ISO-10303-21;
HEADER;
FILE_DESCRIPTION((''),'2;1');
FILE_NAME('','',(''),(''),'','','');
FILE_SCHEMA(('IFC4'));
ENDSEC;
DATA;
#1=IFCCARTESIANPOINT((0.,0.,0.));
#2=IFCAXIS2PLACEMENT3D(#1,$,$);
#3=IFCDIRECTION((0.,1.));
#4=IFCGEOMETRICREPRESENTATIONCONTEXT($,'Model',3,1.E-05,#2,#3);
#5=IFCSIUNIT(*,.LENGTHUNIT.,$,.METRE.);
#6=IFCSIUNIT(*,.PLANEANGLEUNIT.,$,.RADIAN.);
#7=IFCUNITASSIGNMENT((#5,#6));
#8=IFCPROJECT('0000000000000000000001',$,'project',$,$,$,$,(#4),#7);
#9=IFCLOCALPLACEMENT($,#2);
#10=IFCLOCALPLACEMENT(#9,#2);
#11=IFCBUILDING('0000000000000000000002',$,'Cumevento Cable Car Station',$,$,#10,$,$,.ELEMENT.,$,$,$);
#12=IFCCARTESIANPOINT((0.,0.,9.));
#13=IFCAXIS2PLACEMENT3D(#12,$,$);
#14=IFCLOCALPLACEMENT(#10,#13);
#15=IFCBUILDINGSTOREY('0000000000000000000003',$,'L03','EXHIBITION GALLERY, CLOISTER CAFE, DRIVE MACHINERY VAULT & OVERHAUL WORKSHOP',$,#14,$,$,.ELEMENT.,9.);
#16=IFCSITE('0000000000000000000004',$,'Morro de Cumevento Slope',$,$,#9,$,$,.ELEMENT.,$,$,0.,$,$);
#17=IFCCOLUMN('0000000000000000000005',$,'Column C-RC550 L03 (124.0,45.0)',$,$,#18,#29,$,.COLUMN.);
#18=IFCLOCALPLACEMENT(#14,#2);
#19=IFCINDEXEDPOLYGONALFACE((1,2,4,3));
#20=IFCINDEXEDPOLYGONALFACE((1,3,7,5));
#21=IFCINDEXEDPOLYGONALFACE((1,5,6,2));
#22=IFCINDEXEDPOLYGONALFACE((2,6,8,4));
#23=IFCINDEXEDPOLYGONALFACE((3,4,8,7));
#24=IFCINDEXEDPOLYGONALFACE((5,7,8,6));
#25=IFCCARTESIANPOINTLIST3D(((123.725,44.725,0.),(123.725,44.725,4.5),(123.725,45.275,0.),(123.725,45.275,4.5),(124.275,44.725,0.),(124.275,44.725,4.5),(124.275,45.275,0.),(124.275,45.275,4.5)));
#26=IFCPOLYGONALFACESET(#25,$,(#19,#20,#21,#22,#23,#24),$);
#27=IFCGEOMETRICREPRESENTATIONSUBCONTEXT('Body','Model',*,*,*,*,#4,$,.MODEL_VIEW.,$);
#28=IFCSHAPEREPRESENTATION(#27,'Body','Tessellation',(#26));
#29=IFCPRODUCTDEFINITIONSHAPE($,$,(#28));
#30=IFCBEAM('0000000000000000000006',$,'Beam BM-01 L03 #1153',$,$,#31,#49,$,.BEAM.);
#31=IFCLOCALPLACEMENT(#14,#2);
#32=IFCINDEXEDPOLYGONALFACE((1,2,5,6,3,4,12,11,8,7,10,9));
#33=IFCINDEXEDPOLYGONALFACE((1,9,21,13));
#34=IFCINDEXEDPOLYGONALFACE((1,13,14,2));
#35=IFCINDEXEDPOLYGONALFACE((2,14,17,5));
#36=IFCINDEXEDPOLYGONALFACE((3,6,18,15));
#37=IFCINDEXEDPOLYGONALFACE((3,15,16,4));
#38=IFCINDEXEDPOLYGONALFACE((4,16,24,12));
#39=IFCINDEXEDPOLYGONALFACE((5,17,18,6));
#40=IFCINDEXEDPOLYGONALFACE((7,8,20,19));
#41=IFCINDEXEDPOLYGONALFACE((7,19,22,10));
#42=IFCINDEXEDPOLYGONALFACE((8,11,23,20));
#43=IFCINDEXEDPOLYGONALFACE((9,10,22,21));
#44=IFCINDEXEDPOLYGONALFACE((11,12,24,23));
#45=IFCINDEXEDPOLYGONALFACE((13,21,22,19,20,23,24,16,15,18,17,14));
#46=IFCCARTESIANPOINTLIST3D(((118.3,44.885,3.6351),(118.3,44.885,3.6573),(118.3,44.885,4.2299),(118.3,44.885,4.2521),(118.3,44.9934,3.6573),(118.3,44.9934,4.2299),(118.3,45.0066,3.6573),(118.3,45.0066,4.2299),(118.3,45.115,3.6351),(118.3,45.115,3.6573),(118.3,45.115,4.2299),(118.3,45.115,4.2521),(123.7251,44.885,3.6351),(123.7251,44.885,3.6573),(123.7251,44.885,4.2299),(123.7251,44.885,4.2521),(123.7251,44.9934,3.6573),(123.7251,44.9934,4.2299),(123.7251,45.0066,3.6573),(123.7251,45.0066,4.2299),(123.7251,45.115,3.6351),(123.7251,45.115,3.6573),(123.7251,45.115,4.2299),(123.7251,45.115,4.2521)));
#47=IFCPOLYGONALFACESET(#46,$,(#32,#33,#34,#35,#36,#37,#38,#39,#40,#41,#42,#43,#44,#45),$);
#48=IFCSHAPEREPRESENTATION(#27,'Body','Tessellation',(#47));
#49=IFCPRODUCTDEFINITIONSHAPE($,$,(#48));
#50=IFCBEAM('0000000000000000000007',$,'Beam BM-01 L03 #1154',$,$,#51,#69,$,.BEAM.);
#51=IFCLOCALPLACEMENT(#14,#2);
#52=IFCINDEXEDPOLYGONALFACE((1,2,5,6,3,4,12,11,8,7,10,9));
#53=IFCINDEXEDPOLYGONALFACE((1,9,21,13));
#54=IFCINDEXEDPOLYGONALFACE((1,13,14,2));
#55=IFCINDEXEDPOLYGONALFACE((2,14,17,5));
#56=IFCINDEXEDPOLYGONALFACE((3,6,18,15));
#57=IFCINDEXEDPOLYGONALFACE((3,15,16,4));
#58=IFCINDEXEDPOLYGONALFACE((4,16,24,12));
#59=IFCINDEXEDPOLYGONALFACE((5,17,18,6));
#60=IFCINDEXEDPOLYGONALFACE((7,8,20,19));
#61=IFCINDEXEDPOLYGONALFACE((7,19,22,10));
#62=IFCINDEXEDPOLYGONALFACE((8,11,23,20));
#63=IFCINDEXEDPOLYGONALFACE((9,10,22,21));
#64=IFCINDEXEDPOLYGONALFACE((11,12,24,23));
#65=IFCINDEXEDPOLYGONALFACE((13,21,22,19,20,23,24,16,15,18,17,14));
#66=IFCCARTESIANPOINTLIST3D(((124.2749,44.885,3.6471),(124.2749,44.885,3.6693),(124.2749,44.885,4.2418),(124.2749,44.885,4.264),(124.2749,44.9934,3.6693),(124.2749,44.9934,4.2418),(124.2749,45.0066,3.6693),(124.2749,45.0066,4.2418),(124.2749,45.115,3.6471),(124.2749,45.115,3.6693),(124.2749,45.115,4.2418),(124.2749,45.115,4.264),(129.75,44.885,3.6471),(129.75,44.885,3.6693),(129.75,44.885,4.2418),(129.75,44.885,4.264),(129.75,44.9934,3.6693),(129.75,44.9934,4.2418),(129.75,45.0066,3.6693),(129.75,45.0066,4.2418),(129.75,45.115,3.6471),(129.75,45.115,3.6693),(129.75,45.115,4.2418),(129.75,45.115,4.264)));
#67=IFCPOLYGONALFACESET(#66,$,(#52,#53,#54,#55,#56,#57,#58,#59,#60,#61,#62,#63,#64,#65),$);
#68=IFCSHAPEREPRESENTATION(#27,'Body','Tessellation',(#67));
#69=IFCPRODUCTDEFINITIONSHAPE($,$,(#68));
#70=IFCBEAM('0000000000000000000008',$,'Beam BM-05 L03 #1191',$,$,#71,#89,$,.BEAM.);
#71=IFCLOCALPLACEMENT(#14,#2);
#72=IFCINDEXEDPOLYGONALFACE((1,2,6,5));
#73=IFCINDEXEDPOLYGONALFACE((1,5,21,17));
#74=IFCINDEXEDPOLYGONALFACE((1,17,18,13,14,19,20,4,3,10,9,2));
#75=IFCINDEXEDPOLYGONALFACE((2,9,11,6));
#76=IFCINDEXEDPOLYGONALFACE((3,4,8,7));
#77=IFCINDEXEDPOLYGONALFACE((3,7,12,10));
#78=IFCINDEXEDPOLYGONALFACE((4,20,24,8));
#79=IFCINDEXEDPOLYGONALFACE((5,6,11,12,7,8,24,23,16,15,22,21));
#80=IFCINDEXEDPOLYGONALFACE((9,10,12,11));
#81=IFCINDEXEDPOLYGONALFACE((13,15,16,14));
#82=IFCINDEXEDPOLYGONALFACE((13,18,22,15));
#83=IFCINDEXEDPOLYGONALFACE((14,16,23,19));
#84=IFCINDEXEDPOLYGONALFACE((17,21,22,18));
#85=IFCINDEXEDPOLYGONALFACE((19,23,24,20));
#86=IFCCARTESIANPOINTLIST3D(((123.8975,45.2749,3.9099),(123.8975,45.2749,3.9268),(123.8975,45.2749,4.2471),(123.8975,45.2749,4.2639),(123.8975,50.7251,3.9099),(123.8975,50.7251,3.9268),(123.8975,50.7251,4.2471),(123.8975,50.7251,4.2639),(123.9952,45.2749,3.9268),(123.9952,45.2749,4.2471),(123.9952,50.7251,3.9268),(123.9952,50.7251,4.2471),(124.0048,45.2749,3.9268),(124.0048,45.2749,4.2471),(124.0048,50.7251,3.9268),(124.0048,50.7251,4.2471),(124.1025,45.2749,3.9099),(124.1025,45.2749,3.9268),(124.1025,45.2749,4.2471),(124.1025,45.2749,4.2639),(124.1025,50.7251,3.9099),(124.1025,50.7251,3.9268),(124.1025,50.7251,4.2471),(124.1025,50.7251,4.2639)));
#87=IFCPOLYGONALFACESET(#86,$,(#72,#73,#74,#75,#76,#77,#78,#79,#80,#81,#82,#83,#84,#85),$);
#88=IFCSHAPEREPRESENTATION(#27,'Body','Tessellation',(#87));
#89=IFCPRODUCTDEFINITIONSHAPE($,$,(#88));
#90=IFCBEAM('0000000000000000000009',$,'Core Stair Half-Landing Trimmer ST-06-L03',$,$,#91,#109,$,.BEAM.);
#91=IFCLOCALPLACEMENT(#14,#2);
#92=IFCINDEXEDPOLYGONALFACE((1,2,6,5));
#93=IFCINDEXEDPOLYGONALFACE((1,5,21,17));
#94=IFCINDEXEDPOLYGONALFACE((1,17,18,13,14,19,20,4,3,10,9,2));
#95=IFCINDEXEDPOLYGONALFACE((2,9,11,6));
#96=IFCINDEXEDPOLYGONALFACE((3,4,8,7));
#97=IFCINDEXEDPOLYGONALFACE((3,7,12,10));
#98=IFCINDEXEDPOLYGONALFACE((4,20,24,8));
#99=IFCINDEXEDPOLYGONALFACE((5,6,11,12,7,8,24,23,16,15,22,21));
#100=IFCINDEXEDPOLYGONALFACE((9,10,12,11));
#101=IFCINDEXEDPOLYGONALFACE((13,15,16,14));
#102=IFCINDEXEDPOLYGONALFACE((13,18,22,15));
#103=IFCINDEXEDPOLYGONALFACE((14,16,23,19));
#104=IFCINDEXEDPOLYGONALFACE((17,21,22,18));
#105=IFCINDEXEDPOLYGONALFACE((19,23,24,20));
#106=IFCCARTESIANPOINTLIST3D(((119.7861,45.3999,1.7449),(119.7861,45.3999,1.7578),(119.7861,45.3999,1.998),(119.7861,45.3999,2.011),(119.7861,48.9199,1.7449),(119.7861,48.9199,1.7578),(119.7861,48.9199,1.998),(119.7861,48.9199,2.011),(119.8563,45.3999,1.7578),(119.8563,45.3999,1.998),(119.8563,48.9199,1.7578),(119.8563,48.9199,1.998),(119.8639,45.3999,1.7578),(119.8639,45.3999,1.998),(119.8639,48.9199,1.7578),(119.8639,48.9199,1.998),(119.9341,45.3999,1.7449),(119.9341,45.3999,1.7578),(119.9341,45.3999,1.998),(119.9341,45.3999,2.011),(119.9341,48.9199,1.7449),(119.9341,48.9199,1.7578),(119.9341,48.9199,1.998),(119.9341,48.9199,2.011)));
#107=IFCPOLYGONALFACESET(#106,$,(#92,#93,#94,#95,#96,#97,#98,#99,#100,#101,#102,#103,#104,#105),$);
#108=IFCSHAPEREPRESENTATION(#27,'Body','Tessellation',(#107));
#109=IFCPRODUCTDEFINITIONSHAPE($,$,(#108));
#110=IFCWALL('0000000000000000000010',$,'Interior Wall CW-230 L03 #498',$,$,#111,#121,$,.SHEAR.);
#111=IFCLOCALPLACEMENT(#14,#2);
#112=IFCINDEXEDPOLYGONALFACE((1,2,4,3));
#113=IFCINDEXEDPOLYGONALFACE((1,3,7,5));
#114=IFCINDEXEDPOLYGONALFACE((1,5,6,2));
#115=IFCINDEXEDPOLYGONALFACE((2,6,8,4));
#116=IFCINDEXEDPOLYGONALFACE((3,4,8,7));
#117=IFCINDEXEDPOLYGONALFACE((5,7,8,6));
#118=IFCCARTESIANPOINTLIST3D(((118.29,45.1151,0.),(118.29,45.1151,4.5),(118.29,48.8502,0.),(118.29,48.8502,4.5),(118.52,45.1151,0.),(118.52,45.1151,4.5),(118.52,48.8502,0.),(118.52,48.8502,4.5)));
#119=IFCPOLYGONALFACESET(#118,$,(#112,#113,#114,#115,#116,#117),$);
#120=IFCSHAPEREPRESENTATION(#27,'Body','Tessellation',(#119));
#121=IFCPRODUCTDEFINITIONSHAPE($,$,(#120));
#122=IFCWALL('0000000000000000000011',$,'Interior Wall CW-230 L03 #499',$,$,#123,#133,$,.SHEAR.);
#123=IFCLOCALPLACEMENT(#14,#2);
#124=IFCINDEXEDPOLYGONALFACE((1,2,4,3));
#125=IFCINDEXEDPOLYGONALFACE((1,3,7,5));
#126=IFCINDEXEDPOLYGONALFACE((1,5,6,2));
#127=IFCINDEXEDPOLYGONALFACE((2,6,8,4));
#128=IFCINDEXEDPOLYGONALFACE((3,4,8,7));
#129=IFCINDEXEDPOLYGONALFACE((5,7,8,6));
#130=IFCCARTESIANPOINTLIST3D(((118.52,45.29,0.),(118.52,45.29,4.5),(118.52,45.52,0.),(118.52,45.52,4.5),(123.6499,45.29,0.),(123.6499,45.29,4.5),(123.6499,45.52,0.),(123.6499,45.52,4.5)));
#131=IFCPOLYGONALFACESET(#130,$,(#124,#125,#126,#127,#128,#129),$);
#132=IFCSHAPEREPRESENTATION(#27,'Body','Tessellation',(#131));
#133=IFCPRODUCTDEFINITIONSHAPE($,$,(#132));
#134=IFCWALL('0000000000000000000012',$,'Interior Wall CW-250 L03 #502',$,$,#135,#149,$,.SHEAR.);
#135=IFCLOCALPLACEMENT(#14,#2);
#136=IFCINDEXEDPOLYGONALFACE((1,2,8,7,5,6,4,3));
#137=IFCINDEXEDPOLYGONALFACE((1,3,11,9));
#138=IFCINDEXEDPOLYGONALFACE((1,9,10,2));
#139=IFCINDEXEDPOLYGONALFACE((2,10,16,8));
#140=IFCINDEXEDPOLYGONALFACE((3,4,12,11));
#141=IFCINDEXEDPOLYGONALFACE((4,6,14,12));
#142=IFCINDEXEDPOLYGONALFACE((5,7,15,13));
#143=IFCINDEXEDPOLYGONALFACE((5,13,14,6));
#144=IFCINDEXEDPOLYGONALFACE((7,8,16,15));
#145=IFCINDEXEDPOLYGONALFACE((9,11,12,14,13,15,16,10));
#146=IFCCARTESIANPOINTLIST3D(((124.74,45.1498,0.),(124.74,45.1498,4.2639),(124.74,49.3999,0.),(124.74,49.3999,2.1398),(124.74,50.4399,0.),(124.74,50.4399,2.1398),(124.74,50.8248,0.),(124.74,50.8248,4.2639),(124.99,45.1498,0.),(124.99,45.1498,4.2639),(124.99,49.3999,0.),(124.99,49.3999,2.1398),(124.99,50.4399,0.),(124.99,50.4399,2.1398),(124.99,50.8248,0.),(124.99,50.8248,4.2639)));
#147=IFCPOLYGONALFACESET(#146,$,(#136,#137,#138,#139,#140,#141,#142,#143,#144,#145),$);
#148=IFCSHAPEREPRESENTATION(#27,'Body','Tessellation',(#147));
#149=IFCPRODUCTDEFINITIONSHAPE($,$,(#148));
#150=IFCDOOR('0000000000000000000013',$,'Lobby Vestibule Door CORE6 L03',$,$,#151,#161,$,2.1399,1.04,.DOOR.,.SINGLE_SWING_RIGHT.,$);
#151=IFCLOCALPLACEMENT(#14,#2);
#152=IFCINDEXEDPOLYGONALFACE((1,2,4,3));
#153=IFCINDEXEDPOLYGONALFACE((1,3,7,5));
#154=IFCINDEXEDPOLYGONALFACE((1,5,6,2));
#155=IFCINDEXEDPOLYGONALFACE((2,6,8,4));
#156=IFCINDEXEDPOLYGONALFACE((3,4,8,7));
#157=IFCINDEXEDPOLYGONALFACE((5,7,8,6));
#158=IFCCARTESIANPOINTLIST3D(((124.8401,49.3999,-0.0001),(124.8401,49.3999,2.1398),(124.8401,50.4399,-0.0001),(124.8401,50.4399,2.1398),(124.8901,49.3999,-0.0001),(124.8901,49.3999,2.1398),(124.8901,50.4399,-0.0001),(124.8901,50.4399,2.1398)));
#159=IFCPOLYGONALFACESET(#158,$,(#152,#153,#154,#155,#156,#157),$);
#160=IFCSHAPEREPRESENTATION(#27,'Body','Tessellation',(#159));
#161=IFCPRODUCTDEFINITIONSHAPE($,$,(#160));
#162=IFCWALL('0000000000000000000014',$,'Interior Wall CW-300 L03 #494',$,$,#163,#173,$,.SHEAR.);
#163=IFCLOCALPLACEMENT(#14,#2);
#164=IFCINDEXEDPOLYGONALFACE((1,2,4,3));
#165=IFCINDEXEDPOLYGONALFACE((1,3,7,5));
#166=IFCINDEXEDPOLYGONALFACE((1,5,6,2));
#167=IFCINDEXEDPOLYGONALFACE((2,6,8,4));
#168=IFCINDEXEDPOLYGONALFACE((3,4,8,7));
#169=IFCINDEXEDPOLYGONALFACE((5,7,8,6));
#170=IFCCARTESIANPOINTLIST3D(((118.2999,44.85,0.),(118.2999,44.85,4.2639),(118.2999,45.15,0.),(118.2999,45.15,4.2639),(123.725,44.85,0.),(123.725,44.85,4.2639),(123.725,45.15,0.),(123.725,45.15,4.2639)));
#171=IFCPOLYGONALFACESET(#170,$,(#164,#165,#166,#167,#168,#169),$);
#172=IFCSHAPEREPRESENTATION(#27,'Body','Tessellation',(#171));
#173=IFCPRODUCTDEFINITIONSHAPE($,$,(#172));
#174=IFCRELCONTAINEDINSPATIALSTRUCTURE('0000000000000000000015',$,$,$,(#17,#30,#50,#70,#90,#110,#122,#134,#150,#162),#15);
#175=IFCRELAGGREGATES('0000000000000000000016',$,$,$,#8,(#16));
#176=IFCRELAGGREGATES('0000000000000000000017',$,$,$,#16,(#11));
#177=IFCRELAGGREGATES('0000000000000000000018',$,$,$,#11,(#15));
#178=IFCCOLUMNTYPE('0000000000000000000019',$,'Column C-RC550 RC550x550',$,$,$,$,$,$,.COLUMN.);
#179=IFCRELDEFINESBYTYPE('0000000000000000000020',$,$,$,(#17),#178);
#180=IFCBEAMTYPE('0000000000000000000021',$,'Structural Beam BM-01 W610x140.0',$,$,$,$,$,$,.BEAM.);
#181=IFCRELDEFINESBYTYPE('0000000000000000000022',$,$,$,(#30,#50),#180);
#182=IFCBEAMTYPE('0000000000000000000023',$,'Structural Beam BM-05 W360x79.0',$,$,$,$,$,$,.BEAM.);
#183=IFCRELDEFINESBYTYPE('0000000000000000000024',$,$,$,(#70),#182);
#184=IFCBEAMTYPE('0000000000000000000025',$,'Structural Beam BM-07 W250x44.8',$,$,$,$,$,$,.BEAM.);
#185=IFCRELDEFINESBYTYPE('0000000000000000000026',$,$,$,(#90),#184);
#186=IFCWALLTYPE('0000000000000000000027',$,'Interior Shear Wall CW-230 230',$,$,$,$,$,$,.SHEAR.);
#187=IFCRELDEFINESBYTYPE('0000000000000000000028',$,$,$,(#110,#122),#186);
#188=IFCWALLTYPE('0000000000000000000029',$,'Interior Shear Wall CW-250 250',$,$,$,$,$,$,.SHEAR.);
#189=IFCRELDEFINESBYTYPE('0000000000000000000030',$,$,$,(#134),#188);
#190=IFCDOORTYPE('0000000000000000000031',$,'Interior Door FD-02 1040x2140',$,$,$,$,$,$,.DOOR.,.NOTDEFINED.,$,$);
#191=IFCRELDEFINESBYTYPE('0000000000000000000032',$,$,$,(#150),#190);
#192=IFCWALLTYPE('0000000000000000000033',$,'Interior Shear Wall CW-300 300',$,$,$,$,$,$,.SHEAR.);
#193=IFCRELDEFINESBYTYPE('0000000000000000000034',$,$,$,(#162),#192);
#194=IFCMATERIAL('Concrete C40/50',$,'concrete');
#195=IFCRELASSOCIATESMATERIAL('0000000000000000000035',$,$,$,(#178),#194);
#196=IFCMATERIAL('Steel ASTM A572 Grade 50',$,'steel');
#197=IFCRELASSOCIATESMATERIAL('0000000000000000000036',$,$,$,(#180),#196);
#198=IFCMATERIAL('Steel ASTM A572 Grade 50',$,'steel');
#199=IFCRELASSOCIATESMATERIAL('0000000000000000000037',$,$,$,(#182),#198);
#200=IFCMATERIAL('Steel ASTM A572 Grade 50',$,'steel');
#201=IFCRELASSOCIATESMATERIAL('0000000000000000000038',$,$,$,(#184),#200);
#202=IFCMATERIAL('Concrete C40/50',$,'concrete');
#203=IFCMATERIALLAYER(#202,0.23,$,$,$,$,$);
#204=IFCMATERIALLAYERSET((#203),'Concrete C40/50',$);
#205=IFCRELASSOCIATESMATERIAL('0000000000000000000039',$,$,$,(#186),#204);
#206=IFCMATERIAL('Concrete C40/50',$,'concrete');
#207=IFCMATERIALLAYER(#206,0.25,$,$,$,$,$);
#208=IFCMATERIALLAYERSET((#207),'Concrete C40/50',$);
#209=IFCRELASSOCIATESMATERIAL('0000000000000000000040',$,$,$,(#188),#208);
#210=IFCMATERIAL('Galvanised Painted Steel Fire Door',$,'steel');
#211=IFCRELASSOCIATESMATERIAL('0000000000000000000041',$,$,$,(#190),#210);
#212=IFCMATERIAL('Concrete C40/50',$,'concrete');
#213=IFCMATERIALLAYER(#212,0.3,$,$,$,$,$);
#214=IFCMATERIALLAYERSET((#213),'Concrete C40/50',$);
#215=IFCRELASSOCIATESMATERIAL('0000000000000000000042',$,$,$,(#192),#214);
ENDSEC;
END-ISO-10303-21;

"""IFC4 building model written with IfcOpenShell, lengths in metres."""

from ifc_helpers import new_model, si_unit, direction, frame, frame_2d, origin, origin_2d, place, context, subcontext, project, spatial, rectangle, i_section, extrude, material, layer, layer_set, material_profile, profile_set, type_object, element, fill, save


model = new_model("IFC4")

# Units and contexts
model_context = context("Model", 3, precision=1e-05, world=origin(), true_north=direction((0.0, 1.0)))
body_context = subcontext(model_context, "Body", "Model", "MODEL_VIEW")
ifc_project = project(units=[si_unit("LENGTHUNIT", "METRE"), si_unit("PLANEANGLEUNIT", "RADIAN")], contexts=[model_context])

# Site, building, storey
site_placement = place(None, origin())
site = spatial("IfcSite", under=ifc_project, at=site_placement, Name="Morro de Cumevento Slope", CompositionType="ELEMENT", RefElevation=0.0)
building_placement = place(site_placement, origin())
building = spatial("IfcBuilding", under=site, at=building_placement, Name="Cumevento Cable Car Station", CompositionType="ELEMENT")
storey_placement = place(building_placement, frame((0.0, 0.0, 9.0)))
storey = spatial("IfcBuildingStorey", under=building, at=storey_placement, Name="L03", Description="EXHIBITION GALLERY, CLOISTER CAFE, DRIVE MACHINERY VAULT & OVERHAUL WORKSHOP", CompositionType="ELEMENT", Elevation=9.0)

# Column
ifc_material_1 = material(Name="Concrete C40/50", Category="concrete")
ifc_material_profile_1 = material_profile(ifc_material_1, rectangle(XDim=0.55, YDim=0.55, at=origin_2d()), Name="RC550x550")
ifc_profile_set_1 = profile_set([ifc_material_profile_1], Name="Concrete C40/50")
column_type = type_object("IfcColumnType", Name="Column C-RC550 RC550x550", PredefinedType="COLUMN", material=ifc_profile_set_1)
column_placement = place(storey_placement, frame((124.0, 45.0, 0.0), z_axis=(0.0, 0.0, 1.0), x_axis=(1.0, 0.0, 0.0)))
element("IfcColumn", 1, at=column_placement, inside=storey, type_object=column_type, Name="Column C-RC550 L03 (124.0,45.0)", PredefinedType="COLUMN", context=body_context, shape_type="SweptSolid", body=[
    extrude(rectangle(XDim=0.55, YDim=0.55, at=origin_2d()), origin(), (0.0, 0.0, 1.0), 4.5),
])

# Beams
ifc_material_2 = material(Name="Steel ASTM A572 Grade 50", Category="steel")
ifc_material_profile_2 = material_profile(ifc_material_2, i_section(OverallWidth=0.23, OverallDepth=0.6169, WebThickness=0.0132, FlangeThickness=0.0222, at=origin_2d()), Name="W610x140.0")
ifc_profile_set_2 = profile_set([ifc_material_profile_2], Name="Steel ASTM A572 Grade 50")
beam_type_1 = type_object("IfcBeamType", Name="Structural Beam BM-01 W610x140.0", PredefinedType="BEAM", material=ifc_profile_set_2)
beam_1_placement = place(storey_placement, frame((118.3, 45.0, 3.9436), z_axis=(1.0, 0.0, 0.0), x_axis=(0.0, 1.0, 0.0)))
element("IfcBeam", 2, at=beam_1_placement, inside=storey, type_object=beam_type_1, Name="Beam BM-01 L03 #1153", PredefinedType="BEAM", context=body_context, shape_type="SweptSolid", body=[
    extrude(i_section(OverallWidth=0.23, OverallDepth=0.6169, WebThickness=0.0132, FlangeThickness=0.0222, at=origin_2d()), origin(), (0.0, 0.0, 1.0), 5.425),
])
beam_2_placement = place(storey_placement, frame((124.2749, 45.0, 3.9556), z_axis=(1.0, 0.0, 0.0), x_axis=(0.0, 1.0, 0.0)))
element("IfcBeam", 3, at=beam_2_placement, inside=storey, type_object=beam_type_1, Name="Beam BM-01 L03 #1154", PredefinedType="BEAM", context=body_context, shape_type="SweptSolid", body=[
    extrude(i_section(OverallWidth=0.23, OverallDepth=0.6169, WebThickness=0.0132, FlangeThickness=0.0222, at=origin_2d()), origin(), (0.0, 0.0, 1.0), 5.4751),
])
ifc_material_3 = material(Name="Steel ASTM A572 Grade 50", Category="steel")
ifc_material_profile_3 = material_profile(ifc_material_3, i_section(OverallWidth=0.2051, OverallDepth=0.354, WebThickness=0.0095, FlangeThickness=0.0168, at=origin_2d()), Name="W360x79.0")
ifc_profile_set_3 = profile_set([ifc_material_profile_3], Name="Steel ASTM A572 Grade 50")
beam_type_2 = type_object("IfcBeamType", Name="Structural Beam BM-05 W360x79.0", PredefinedType="BEAM", material=ifc_profile_set_3)
beam_3_placement = place(storey_placement, frame((124.0, 45.2749, 4.0869), z_axis=(0.0, 1.0, 0.0), x_axis=(-1.0, 0.0, 0.0)))
element("IfcBeam", 4, at=beam_3_placement, inside=storey, type_object=beam_type_2, Name="Beam BM-05 L03 #1191", PredefinedType="BEAM", context=body_context, shape_type="SweptSolid", body=[
    extrude(i_section(OverallWidth=0.2051, OverallDepth=0.354, WebThickness=0.0095, FlangeThickness=0.0168, at=origin_2d()), origin(), (0.0, 0.0, 1.0), 5.4502),
])
ifc_material_4 = material(Name="Steel ASTM A572 Grade 50", Category="steel")
ifc_material_profile_4 = material_profile(ifc_material_4, i_section(OverallWidth=0.1479, OverallDepth=0.2661, WebThickness=0.0076, FlangeThickness=0.0129, at=origin_2d()), Name="W250x44.8")
ifc_profile_set_4 = profile_set([ifc_material_profile_4], Name="Steel ASTM A572 Grade 50")
beam_type_3 = type_object("IfcBeamType", Name="Structural Beam BM-07 W250x44.8", PredefinedType="BEAM", material=ifc_profile_set_4)
beam_4_placement = place(storey_placement, frame((119.8601, 45.3999, 1.8779), z_axis=(0.0, 1.0, 0.0), x_axis=(-1.0, 0.0, 0.0)))
element("IfcBeam", 5, at=beam_4_placement, inside=storey, type_object=beam_type_3, Name="Core Stair Half-Landing Trimmer ST-06-L03", PredefinedType="BEAM", context=body_context, shape_type="SweptSolid", body=[
    extrude(i_section(OverallWidth=0.1479, OverallDepth=0.2661, WebThickness=0.0076, FlangeThickness=0.0129, at=origin_2d()), origin(), (0.0, 0.0, 1.0), 3.52),
])

# Walls
ifc_material_5 = material(Name="Concrete C40/50", Category="concrete")
ifc_layer_1 = layer(ifc_material_5, 0.23)
ifc_layer_set_1 = layer_set([ifc_layer_1], Name="Concrete C40/50")
wall_type_1 = type_object("IfcWallType", Name="Interior Shear Wall CW-230 230", PredefinedType="SHEAR", material=ifc_layer_set_1)
wall_1_placement = place(storey_placement, frame((118.405, 45.115, 0.0), z_axis=(0.0, 0.0, 1.0), x_axis=(0.0, 1.0, 0.0)))
element("IfcWall", 6, at=wall_1_placement, inside=storey, type_object=wall_type_1, Name="Interior Wall CW-230 L03 #498", PredefinedType="SHEAR", context=body_context, shape_type="SweptSolid", body=[
    extrude(rectangle(XDim=3.7351, YDim=0.23, at=frame_2d((1.8677, 0.0))), origin(), (0.0, 0.0, 1.0), 4.5),
])
wall_2_placement = place(storey_placement, frame((118.52, 45.405, 0.0), z_axis=(0.0, 0.0, 1.0), x_axis=(1.0, 0.0, 0.0)))
element("IfcWall", 7, at=wall_2_placement, inside=storey, type_object=wall_type_1, Name="Interior Wall CW-230 L03 #499", PredefinedType="SHEAR", context=body_context, shape_type="SweptSolid", body=[
    extrude(rectangle(XDim=5.1299, YDim=0.23, at=frame_2d((2.5649, 0.0))), origin(), (0.0, 0.0, 1.0), 4.5),
])

# Wall, opening, door
ifc_material_6 = material(Name="Concrete C40/50", Category="concrete")
ifc_layer_2 = layer(ifc_material_6, 0.25)
ifc_layer_set_2 = layer_set([ifc_layer_2], Name="Concrete C40/50")
wall_type_2 = type_object("IfcWallType", Name="Interior Shear Wall CW-250 250", PredefinedType="SHEAR", material=ifc_layer_set_2)
wall_3_placement = place(storey_placement, frame((124.865, 45.1499, 0.0), z_axis=(0.0, 0.0, 1.0), x_axis=(0.0, 1.0, 0.0)))
wall_3 = element("IfcWall", 8, at=wall_3_placement, inside=storey, type_object=wall_type_2, Name="Interior Wall CW-250 L03 #502", PredefinedType="SHEAR", context=body_context, shape_type="SweptSolid", body=[
    extrude(rectangle(XDim=5.675, YDim=0.25, at=frame_2d((2.8374, 0.0))), origin(), (0.0, 0.0, 1.0), 4.2639),
])
opening_1_placement = place(wall_3_placement, frame((4.25, 0.0, 0.0)))
opening_1 = element("IfcOpeningElement", 9, at=opening_1_placement, cuts=wall_3, PredefinedType="OPENING", context=body_context, shape_type="SweptSolid", body=[
    extrude(rectangle(XDim=1.04, YDim=2.1399, at=frame_2d((0.52, 1.0698))), frame((0.0, 0.135, 0.0), z_axis=(0.0, -1.0, 0.0), x_axis=(1.0, 0.0, 0.0)), (0.0, 0.0, 1.0), 0.27),
])
ifc_material_7 = material(Name="Galvanised Painted Steel Fire Door", Category="steel")
door_type_1 = type_object("IfcDoorType", Name="Interior Door FD-02 1040x2140", OperationType="NOTDEFINED", PredefinedType="DOOR", material=ifc_material_7)
door_1_placement = place(opening_1_placement, origin())
door_1 = element("IfcDoor", 10, at=door_1_placement, inside=storey, type_object=door_type_1, Name="Lobby Vestibule Door CORE6 L03", OperationType="SINGLE_SWING_RIGHT", OverallHeight=2.1399, OverallWidth=1.04, PredefinedType="DOOR", context=body_context, shape_type="SweptSolid", body=[
    extrude(rectangle(XDim=1.04, YDim=2.1399, at=frame_2d((0.52, 1.0698))), frame((0.0, 0.0249, 0.0), z_axis=(0.0, -1.0, 0.0), x_axis=(1.0, 0.0, 0.0)), (0.0, 0.0, 1.0), 0.05),
])
fill(opening_1, door_1)

# Wall
ifc_material_8 = material(Name="Concrete C40/50", Category="concrete")
ifc_layer_3 = layer(ifc_material_8, 0.3)
ifc_layer_set_3 = layer_set([ifc_layer_3], Name="Concrete C40/50")
wall_type_3 = type_object("IfcWallType", Name="Interior Shear Wall CW-300 300", PredefinedType="SHEAR", material=ifc_layer_set_3)
wall_4_placement = place(storey_placement, frame((118.3, 45.0, 0.0), z_axis=(0.0, 0.0, 1.0), x_axis=(1.0, 0.0, 0.0)))
element("IfcWall", 11, at=wall_4_placement, inside=storey, type_object=wall_type_3, Name="Interior Wall CW-300 L03 #494", PredefinedType="SHEAR", context=body_context, shape_type="SweptSolid", body=[
    extrude(rectangle(XDim=5.425, YDim=0.3, at=frame_2d((2.7124, 0.0))), origin(), (0.0, 0.0, 1.0), 4.2639),
])

save(model, "model.ifc")
